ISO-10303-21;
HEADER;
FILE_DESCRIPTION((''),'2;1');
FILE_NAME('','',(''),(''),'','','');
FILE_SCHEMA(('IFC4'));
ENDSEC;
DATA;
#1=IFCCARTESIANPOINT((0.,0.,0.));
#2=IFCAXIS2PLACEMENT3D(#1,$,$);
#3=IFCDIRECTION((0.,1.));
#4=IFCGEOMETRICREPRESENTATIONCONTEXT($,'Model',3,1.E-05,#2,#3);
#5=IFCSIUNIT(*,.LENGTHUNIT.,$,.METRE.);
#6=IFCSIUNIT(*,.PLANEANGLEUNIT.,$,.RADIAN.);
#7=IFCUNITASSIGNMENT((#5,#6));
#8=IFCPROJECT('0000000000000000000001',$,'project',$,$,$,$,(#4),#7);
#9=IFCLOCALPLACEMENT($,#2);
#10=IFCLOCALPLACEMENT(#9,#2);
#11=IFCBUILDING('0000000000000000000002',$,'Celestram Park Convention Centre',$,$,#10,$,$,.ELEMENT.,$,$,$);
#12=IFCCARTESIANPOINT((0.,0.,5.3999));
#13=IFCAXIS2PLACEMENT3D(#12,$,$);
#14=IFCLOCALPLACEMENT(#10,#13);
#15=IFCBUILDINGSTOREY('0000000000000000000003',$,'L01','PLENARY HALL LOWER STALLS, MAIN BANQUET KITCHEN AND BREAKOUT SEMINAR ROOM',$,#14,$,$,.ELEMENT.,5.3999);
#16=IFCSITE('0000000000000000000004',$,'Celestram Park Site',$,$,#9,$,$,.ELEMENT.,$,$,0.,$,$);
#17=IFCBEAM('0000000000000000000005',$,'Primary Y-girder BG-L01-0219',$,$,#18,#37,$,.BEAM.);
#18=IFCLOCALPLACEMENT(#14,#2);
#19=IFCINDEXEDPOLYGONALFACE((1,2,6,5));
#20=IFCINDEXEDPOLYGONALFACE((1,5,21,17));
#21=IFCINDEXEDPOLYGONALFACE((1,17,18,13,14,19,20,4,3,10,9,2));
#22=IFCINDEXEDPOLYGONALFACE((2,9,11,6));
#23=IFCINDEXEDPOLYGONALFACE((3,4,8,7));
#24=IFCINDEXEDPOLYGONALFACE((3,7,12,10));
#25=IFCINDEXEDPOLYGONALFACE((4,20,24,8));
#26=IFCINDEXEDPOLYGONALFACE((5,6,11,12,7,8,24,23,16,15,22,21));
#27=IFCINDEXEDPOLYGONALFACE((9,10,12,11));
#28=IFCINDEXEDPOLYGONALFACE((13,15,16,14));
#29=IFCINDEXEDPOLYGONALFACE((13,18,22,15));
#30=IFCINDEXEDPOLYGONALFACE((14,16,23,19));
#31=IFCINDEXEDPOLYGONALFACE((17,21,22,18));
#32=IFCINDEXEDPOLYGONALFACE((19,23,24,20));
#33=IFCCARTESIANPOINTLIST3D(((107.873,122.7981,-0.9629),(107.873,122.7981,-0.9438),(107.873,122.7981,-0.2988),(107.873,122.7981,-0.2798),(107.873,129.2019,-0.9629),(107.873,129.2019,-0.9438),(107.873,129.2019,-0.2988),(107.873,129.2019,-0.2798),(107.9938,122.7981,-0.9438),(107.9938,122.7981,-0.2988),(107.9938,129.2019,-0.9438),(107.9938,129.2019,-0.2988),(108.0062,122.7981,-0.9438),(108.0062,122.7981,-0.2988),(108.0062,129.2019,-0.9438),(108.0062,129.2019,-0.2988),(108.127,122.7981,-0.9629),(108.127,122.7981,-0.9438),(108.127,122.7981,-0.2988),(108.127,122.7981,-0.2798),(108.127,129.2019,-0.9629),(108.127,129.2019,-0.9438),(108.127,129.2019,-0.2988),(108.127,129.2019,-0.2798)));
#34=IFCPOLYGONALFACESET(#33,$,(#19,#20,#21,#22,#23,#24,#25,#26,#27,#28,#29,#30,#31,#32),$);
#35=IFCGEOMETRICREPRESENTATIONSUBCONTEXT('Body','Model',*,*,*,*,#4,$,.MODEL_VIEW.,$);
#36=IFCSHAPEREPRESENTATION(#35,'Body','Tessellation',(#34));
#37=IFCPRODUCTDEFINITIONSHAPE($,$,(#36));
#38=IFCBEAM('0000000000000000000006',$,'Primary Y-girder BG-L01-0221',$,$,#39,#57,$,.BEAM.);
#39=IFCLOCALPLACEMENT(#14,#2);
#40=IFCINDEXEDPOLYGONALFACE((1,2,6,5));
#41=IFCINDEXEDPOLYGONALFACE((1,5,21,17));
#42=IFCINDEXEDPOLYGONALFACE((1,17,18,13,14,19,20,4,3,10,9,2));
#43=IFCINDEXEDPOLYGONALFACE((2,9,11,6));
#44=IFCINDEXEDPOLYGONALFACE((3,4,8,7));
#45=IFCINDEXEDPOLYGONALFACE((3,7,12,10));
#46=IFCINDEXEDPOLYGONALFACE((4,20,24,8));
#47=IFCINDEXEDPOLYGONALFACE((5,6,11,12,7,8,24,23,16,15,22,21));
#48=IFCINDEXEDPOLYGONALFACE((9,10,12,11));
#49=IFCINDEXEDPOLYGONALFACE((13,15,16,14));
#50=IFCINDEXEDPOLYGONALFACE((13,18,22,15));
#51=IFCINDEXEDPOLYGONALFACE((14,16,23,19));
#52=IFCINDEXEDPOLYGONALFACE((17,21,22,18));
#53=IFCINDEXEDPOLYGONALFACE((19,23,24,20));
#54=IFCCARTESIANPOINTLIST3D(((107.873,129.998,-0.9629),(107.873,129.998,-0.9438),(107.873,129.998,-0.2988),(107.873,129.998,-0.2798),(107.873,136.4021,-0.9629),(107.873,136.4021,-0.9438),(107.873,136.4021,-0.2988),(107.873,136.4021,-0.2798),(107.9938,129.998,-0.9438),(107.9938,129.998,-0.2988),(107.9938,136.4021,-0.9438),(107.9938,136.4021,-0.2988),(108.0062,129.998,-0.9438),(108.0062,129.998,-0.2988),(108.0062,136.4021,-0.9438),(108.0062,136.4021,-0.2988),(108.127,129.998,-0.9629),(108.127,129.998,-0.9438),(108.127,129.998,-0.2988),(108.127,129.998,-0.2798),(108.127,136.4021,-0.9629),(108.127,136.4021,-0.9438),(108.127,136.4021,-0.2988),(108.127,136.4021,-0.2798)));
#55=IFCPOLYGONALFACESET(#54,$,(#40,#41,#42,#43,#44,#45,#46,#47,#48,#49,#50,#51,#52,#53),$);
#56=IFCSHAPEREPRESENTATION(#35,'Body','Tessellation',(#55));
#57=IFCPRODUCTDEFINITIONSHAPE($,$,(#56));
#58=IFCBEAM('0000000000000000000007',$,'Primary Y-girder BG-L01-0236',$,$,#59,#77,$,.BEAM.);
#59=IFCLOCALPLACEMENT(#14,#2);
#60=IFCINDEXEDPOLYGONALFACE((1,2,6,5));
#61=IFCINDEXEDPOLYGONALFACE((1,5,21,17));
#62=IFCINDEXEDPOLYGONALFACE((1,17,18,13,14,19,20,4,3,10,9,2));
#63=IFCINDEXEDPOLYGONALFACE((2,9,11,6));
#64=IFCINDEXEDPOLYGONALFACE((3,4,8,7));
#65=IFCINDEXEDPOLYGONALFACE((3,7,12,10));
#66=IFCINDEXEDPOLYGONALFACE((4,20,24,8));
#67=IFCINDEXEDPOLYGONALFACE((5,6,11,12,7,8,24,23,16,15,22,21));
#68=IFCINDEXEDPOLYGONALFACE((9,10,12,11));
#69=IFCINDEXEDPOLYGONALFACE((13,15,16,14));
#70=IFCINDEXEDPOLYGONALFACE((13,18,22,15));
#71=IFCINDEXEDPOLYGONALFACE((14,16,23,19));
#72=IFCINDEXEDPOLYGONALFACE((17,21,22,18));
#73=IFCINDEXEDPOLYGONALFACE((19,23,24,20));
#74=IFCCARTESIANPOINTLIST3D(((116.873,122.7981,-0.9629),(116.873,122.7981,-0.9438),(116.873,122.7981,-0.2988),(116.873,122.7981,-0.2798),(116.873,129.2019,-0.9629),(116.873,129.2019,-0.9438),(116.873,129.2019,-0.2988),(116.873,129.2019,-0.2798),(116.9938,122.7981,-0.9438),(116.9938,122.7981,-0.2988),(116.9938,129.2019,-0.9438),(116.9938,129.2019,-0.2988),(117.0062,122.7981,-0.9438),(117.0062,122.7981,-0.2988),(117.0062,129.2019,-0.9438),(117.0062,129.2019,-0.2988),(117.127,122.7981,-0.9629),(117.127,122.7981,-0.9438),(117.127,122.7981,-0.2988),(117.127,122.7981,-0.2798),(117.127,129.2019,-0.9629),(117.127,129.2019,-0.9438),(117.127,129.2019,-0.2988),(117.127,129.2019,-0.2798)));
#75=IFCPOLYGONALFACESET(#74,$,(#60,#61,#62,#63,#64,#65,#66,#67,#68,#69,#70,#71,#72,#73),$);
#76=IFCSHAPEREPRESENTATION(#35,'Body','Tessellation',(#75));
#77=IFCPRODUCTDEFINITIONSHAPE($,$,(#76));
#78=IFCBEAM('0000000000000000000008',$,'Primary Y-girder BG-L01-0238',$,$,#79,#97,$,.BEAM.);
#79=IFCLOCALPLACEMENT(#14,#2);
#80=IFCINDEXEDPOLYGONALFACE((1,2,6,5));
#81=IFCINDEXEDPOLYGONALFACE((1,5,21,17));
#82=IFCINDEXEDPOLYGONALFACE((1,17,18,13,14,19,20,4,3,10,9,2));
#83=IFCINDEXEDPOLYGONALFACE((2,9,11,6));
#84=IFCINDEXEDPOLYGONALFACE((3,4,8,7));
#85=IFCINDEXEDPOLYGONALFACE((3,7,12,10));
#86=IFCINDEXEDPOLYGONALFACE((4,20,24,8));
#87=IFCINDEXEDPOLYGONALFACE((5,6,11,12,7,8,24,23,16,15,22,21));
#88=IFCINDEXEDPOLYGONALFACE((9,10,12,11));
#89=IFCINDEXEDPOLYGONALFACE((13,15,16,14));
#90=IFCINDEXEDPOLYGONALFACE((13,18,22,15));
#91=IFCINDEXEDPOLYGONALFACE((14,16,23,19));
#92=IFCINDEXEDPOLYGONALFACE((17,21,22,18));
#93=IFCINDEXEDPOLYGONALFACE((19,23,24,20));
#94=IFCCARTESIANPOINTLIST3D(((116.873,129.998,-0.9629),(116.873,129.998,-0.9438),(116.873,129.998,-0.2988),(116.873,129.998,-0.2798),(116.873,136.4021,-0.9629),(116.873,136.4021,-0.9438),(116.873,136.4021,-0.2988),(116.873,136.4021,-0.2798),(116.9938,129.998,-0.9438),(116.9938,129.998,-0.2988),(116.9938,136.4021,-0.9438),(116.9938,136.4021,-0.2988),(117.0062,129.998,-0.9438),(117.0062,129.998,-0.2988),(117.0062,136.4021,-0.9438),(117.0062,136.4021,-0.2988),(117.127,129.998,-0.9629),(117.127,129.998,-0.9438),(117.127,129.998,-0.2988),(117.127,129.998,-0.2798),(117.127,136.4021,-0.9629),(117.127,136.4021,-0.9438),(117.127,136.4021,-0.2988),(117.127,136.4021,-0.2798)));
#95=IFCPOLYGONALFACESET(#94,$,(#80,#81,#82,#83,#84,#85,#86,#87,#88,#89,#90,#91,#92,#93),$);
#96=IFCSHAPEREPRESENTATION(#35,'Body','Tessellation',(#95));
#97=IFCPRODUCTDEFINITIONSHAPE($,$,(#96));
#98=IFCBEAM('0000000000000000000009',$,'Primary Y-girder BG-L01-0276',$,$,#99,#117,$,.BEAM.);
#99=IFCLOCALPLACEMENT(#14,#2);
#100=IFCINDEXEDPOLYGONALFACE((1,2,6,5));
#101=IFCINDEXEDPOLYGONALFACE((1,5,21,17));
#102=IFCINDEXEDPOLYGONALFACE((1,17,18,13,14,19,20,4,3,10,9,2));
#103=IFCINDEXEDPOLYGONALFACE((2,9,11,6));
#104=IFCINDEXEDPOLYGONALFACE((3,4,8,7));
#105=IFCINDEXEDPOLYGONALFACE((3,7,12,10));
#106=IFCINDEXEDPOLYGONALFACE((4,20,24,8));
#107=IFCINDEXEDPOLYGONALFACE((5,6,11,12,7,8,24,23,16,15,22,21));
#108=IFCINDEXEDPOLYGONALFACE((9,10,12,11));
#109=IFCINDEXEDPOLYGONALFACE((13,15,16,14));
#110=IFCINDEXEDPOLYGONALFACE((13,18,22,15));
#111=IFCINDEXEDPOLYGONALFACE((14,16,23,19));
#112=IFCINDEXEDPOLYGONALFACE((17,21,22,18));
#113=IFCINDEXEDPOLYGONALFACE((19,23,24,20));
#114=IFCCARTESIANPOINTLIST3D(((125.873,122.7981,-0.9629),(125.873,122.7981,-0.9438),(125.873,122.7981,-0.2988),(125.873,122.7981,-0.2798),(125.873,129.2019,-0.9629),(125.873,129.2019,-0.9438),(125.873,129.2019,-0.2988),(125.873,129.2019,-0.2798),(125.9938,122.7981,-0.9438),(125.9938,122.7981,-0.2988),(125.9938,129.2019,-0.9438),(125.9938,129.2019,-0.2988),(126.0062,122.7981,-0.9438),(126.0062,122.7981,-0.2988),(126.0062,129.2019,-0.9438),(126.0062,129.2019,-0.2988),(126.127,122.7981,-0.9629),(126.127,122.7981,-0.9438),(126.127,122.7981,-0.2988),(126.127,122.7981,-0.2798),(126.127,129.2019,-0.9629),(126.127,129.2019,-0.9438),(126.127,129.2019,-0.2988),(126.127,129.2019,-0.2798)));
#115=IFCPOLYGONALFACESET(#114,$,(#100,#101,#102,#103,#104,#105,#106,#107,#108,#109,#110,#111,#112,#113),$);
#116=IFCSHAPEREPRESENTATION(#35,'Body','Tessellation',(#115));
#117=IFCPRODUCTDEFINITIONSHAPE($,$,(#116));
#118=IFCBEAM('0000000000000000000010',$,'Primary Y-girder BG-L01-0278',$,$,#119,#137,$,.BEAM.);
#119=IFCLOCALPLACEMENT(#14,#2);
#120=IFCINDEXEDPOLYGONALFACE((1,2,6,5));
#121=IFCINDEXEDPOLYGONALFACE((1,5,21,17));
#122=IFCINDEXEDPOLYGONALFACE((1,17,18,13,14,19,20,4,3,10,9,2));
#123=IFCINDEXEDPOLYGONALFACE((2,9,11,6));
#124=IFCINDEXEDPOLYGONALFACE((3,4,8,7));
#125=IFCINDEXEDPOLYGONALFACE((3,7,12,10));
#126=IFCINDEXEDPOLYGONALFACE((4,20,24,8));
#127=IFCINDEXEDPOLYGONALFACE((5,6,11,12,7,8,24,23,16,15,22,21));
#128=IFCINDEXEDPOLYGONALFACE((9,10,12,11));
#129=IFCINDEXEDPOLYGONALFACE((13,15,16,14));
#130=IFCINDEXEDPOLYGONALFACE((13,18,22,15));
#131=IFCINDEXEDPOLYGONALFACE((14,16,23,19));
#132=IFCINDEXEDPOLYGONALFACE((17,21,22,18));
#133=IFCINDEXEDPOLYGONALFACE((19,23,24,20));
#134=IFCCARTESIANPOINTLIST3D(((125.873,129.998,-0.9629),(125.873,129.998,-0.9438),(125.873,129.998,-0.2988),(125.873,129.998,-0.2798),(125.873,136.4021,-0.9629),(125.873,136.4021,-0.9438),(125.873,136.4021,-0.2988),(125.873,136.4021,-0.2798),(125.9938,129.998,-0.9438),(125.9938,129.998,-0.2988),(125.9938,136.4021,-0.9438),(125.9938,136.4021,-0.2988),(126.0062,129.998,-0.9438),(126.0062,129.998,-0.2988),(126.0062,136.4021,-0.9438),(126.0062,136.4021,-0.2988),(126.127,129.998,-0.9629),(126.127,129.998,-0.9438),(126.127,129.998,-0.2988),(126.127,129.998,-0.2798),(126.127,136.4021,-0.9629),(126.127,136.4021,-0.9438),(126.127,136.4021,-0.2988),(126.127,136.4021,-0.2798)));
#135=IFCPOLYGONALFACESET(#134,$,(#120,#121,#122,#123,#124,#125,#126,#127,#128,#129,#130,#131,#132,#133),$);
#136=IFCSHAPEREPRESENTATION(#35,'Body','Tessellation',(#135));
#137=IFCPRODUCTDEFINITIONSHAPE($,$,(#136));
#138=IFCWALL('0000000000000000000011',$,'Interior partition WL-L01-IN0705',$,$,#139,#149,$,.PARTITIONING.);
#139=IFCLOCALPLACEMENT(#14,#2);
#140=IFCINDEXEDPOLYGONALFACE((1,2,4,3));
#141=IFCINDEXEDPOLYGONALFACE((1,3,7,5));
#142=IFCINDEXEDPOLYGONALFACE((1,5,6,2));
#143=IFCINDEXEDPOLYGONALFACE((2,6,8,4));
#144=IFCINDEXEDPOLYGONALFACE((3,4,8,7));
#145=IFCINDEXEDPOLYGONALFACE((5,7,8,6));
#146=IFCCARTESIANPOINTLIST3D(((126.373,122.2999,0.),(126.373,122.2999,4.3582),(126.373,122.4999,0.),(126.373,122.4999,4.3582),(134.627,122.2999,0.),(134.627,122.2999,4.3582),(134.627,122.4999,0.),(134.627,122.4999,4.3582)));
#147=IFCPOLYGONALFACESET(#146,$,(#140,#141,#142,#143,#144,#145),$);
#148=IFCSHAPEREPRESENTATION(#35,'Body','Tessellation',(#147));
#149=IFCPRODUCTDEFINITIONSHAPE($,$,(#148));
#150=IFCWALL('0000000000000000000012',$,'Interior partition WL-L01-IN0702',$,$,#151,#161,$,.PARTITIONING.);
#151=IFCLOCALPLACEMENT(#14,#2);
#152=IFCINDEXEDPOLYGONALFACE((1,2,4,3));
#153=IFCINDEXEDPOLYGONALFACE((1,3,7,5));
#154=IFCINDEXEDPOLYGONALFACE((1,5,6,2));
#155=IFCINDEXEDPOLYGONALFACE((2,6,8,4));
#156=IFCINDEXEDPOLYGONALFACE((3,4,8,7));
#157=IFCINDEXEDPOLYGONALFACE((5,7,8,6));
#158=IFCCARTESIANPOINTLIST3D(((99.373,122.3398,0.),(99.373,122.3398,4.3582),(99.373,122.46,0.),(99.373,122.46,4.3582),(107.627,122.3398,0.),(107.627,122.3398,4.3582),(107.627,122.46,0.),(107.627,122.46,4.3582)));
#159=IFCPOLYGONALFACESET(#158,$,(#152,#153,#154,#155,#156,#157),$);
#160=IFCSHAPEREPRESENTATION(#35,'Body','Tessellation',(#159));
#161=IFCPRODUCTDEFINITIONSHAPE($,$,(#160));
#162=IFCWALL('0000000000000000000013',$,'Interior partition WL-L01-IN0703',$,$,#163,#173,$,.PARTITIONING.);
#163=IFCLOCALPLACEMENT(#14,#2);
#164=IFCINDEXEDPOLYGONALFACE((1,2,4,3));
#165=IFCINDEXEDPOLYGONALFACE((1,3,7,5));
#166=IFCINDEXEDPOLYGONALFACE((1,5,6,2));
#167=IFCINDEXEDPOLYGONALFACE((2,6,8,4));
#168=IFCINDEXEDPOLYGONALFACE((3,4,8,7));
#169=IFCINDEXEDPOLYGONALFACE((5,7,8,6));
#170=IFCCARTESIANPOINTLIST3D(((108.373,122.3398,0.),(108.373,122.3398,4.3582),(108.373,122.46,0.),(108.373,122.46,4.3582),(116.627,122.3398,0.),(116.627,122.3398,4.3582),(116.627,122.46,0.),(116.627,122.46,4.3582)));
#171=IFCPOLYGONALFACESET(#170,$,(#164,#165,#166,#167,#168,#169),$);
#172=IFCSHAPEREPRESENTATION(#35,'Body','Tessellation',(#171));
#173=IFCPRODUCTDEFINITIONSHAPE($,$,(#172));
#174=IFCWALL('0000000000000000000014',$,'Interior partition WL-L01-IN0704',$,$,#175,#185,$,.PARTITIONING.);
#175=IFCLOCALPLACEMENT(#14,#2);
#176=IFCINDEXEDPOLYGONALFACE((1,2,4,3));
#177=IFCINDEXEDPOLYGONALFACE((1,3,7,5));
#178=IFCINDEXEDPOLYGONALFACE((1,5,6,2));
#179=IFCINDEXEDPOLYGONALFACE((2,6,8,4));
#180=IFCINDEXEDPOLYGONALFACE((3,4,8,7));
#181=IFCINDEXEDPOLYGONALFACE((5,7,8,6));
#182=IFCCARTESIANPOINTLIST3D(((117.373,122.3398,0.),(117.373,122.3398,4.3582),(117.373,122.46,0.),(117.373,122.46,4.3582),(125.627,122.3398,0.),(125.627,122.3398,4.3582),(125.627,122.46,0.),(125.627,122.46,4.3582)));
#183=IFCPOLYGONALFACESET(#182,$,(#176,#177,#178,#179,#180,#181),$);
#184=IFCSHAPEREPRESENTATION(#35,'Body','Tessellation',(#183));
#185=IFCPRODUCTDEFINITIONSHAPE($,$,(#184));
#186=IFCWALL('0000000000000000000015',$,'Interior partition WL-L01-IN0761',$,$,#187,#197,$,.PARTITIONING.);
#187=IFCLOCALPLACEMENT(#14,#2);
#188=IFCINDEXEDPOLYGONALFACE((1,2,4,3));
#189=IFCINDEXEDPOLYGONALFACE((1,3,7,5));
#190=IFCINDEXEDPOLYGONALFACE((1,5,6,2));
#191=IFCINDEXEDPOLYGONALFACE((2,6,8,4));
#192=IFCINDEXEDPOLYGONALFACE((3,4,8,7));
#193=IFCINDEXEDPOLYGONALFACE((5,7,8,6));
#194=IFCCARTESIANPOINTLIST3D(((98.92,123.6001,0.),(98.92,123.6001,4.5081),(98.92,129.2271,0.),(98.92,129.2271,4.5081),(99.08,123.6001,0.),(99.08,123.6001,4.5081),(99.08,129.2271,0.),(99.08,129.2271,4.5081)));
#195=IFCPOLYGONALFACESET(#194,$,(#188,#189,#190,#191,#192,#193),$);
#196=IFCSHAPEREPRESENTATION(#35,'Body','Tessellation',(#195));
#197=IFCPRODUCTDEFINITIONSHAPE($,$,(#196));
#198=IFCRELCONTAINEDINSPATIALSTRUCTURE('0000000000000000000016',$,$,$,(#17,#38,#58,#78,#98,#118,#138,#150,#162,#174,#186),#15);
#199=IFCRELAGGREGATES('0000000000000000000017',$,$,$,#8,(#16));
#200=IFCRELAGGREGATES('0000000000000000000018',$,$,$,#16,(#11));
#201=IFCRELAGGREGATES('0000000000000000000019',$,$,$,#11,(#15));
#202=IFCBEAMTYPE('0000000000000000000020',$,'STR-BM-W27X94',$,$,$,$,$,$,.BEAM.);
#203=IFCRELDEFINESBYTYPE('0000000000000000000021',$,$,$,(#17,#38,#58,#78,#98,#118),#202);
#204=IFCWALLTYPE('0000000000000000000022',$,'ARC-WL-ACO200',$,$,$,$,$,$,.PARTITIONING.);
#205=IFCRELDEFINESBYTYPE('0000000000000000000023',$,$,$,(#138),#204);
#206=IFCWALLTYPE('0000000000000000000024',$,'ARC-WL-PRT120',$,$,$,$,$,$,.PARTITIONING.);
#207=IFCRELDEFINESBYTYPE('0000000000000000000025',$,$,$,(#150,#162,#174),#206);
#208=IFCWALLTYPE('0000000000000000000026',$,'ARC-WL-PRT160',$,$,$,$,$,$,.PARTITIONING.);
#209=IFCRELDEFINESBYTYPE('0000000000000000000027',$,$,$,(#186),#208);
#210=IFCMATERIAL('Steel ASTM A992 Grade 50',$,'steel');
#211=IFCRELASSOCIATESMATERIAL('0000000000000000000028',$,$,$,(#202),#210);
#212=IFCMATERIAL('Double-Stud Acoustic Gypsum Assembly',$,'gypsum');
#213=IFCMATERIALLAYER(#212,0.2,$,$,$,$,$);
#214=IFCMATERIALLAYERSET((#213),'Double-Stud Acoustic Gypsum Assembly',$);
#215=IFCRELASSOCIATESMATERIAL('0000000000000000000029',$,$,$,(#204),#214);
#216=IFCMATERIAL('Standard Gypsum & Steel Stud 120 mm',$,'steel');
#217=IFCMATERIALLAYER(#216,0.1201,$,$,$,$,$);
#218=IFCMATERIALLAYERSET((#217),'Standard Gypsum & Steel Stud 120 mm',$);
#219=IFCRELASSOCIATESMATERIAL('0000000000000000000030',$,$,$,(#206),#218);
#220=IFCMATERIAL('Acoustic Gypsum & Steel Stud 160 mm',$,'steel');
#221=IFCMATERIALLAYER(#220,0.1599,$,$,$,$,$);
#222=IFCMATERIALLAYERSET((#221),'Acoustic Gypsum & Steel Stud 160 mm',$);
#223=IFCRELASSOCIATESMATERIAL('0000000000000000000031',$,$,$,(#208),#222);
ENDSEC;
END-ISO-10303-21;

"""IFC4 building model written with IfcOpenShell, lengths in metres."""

from ifc_helpers import new_model, si_unit, direction, frame, frame_2d, origin, origin_2d, place, context, subcontext, project, spatial, rectangle, i_section, extrude, material, layer, layer_set, material_profile, profile_set, type_object, element, save


model = new_model("IFC4")

# Units and contexts
model_context = context("Model", 3, precision=1e-05, world=origin(), true_north=direction((0.0, 1.0)))
body_context = subcontext(model_context, "Body", "Model", "MODEL_VIEW")
ifc_project = project(units=[si_unit("LENGTHUNIT", "METRE"), si_unit("PLANEANGLEUNIT", "RADIAN")], contexts=[model_context])

# Site, building, storey
site_placement = place(None, origin())
site = spatial("IfcSite", under=ifc_project, at=site_placement, Name="Celestram Park Site", CompositionType="ELEMENT", RefElevation=0.0)
building_placement = place(site_placement, origin())
building = spatial("IfcBuilding", under=site, at=building_placement, Name="Celestram Park Convention Centre", CompositionType="ELEMENT")
storey_placement = place(building_placement, frame((0.0, 0.0, 5.3999)))
storey = spatial("IfcBuildingStorey", under=building, at=storey_placement, Name="L01", Description="PLENARY HALL LOWER STALLS, MAIN BANQUET KITCHEN AND BREAKOUT SEMINAR ROOM", CompositionType="ELEMENT", Elevation=5.3999)

# Beams
ifc_material_1 = material(Name="Steel ASTM A992 Grade 50", Category="steel")
ifc_material_profile_1 = material_profile(ifc_material_1, i_section(OverallWidth=0.2539, OverallDepth=0.6831, WebThickness=0.0125, FlangeThickness=0.019, at=origin_2d()), Name="W27X94")
ifc_profile_set_1 = profile_set([ifc_material_profile_1], Name="Steel ASTM A992 Grade 50")
beam_type_1 = type_object("IfcBeamType", Name="STR-BM-W27X94", PredefinedType="BEAM", material=ifc_profile_set_1)
beam_1_placement = place(storey_placement, frame((108.0, 122.7981, -0.6213), z_axis=(0.0, 1.0, 0.0), x_axis=(-1.0, 0.0, 0.0)))
element("IfcBeam", 1, at=beam_1_placement, inside=storey, type_object=beam_type_1, Name="Primary Y-girder BG-L01-0219", PredefinedType="BEAM", context=body_context, shape_type="SweptSolid", body=[
    extrude(i_section(OverallWidth=0.2539, OverallDepth=0.6831, WebThickness=0.0125, FlangeThickness=0.019, at=origin_2d()), origin(), (0.0, 0.0, 1.0), 6.4038),
])
beam_2_placement = place(storey_placement, frame((108.0, 129.998, -0.6213), z_axis=(0.0, 1.0, 0.0), x_axis=(-1.0, 0.0, 0.0)))
element("IfcBeam", 2, at=beam_2_placement, inside=storey, type_object=beam_type_1, Name="Primary Y-girder BG-L01-0221", PredefinedType="BEAM", context=body_context, shape_type="SweptSolid", body=[
    extrude(i_section(OverallWidth=0.2539, OverallDepth=0.6831, WebThickness=0.0125, FlangeThickness=0.019, at=origin_2d()), origin(), (0.0, 0.0, 1.0), 6.4041),
])
beam_3_placement = place(storey_placement, frame((117.0, 122.7981, -0.6213), z_axis=(0.0, 1.0, 0.0), x_axis=(-1.0, 0.0, 0.0)))
element("IfcBeam", 3, at=beam_3_placement, inside=storey, type_object=beam_type_1, Name="Primary Y-girder BG-L01-0236", PredefinedType="BEAM", context=body_context, shape_type="SweptSolid", body=[
    extrude(i_section(OverallWidth=0.2539, OverallDepth=0.6831, WebThickness=0.0125, FlangeThickness=0.019, at=origin_2d()), origin(), (0.0, 0.0, 1.0), 6.4038),
])
beam_4_placement = place(storey_placement, frame((117.0, 129.998, -0.6213), z_axis=(0.0, 1.0, 0.0), x_axis=(-1.0, 0.0, 0.0)))
element("IfcBeam", 4, at=beam_4_placement, inside=storey, type_object=beam_type_1, Name="Primary Y-girder BG-L01-0238", PredefinedType="BEAM", context=body_context, shape_type="SweptSolid", body=[
    extrude(i_section(OverallWidth=0.2539, OverallDepth=0.6831, WebThickness=0.0125, FlangeThickness=0.019, at=origin_2d()), origin(), (0.0, 0.0, 1.0), 6.4041),
])
beam_5_placement = place(storey_placement, frame((126.0, 122.7981, -0.6213), z_axis=(0.0, 1.0, 0.0), x_axis=(-1.0, 0.0, 0.0)))
element("IfcBeam", 5, at=beam_5_placement, inside=storey, type_object=beam_type_1, Name="Primary Y-girder BG-L01-0276", PredefinedType="BEAM", context=body_context, shape_type="SweptSolid", body=[
    extrude(i_section(OverallWidth=0.2539, OverallDepth=0.6831, WebThickness=0.0125, FlangeThickness=0.019, at=origin_2d()), origin(), (0.0, 0.0, 1.0), 6.4038),
])
beam_6_placement = place(storey_placement, frame((126.0, 129.998, -0.6213), z_axis=(0.0, 1.0, 0.0), x_axis=(-1.0, 0.0, 0.0)))
element("IfcBeam", 6, at=beam_6_placement, inside=storey, type_object=beam_type_1, Name="Primary Y-girder BG-L01-0278", PredefinedType="BEAM", context=body_context, shape_type="SweptSolid", body=[
    extrude(i_section(OverallWidth=0.2539, OverallDepth=0.6831, WebThickness=0.0125, FlangeThickness=0.019, at=origin_2d()), origin(), (0.0, 0.0, 1.0), 6.4041),
])

# Walls
ifc_material_2 = material(Name="Double-Stud Acoustic Gypsum Assembly", Category="gypsum")
ifc_layer_1 = layer(ifc_material_2, 0.2)
ifc_layer_set_1 = layer_set([ifc_layer_1], Name="Double-Stud Acoustic Gypsum Assembly")
wall_type_1 = type_object("IfcWallType", Name="ARC-WL-ACO200", PredefinedType="PARTITIONING", material=ifc_layer_set_1)
wall_1_placement = place(storey_placement, frame((126.373, 122.3999, 0.0), z_axis=(0.0, 0.0, 1.0), x_axis=(1.0, 0.0, 0.0)))
element("IfcWall", 7, at=wall_1_placement, inside=storey, type_object=wall_type_1, Name="Interior partition WL-L01-IN0705", PredefinedType="PARTITIONING", context=body_context, shape_type="SweptSolid", body=[
    extrude(rectangle(XDim=8.2539, YDim=0.2, at=frame_2d((4.127, 0.0))), origin(), (0.0, 0.0, 1.0), 4.3582),
])
ifc_material_3 = material(Name="Standard Gypsum & Steel Stud 120 mm", Category="steel")
ifc_layer_2 = layer(ifc_material_3, 0.1201)
ifc_layer_set_2 = layer_set([ifc_layer_2], Name="Standard Gypsum & Steel Stud 120 mm")
wall_type_2 = type_object("IfcWallType", Name="ARC-WL-PRT120", PredefinedType="PARTITIONING", material=ifc_layer_set_2)
for number, where, z_axis, x_axis, name in (
    (8, (99.373, 122.3999, 0.0), (0.0, 0.0, 1.0), (1.0, 0.0, 0.0), "Interior partition WL-L01-IN0702"),
    (9, (108.373, 122.3999, 0.0), (0.0, 0.0, 1.0), (1.0, 0.0, 0.0), "Interior partition WL-L01-IN0703"),
    (10, (117.373, 122.3999, 0.0), (0.0, 0.0, 1.0), (1.0, 0.0, 0.0), "Interior partition WL-L01-IN0704"),
):
    element("IfcWall", number, at=place(storey_placement, frame(where, z_axis=z_axis, x_axis=x_axis)), inside=storey, type_object=wall_type_2, Name=name, PredefinedType="PARTITIONING", context=body_context, shape_type="SweptSolid", body=[
        extrude(rectangle(XDim=8.2539, YDim=0.1201, at=frame_2d((4.127, 0.0))), origin(), (0.0, 0.0, 1.0), 4.3582),
    ])
ifc_material_4 = material(Name="Acoustic Gypsum & Steel Stud 160 mm", Category="steel")
ifc_layer_3 = layer(ifc_material_4, 0.1599)
ifc_layer_set_3 = layer_set([ifc_layer_3], Name="Acoustic Gypsum & Steel Stud 160 mm")
wall_type_3 = type_object("IfcWallType", Name="ARC-WL-PRT160", PredefinedType="PARTITIONING", material=ifc_layer_set_3)
wall_2_placement = place(storey_placement, frame((99.0, 123.6001, 0.0), z_axis=(0.0, 0.0, 1.0), x_axis=(0.0, 1.0, 0.0)))
element("IfcWall", 11, at=wall_2_placement, inside=storey, type_object=wall_type_3, Name="Interior partition WL-L01-IN0761", PredefinedType="PARTITIONING", context=body_context, shape_type="SweptSolid", body=[
    extrude(rectangle(XDim=5.627, YDim=0.1599, at=frame_2d((2.8135, 0.0))), origin(), (0.0, 0.0, 1.0), 4.5081),
])

save(model, "model.ifc")
